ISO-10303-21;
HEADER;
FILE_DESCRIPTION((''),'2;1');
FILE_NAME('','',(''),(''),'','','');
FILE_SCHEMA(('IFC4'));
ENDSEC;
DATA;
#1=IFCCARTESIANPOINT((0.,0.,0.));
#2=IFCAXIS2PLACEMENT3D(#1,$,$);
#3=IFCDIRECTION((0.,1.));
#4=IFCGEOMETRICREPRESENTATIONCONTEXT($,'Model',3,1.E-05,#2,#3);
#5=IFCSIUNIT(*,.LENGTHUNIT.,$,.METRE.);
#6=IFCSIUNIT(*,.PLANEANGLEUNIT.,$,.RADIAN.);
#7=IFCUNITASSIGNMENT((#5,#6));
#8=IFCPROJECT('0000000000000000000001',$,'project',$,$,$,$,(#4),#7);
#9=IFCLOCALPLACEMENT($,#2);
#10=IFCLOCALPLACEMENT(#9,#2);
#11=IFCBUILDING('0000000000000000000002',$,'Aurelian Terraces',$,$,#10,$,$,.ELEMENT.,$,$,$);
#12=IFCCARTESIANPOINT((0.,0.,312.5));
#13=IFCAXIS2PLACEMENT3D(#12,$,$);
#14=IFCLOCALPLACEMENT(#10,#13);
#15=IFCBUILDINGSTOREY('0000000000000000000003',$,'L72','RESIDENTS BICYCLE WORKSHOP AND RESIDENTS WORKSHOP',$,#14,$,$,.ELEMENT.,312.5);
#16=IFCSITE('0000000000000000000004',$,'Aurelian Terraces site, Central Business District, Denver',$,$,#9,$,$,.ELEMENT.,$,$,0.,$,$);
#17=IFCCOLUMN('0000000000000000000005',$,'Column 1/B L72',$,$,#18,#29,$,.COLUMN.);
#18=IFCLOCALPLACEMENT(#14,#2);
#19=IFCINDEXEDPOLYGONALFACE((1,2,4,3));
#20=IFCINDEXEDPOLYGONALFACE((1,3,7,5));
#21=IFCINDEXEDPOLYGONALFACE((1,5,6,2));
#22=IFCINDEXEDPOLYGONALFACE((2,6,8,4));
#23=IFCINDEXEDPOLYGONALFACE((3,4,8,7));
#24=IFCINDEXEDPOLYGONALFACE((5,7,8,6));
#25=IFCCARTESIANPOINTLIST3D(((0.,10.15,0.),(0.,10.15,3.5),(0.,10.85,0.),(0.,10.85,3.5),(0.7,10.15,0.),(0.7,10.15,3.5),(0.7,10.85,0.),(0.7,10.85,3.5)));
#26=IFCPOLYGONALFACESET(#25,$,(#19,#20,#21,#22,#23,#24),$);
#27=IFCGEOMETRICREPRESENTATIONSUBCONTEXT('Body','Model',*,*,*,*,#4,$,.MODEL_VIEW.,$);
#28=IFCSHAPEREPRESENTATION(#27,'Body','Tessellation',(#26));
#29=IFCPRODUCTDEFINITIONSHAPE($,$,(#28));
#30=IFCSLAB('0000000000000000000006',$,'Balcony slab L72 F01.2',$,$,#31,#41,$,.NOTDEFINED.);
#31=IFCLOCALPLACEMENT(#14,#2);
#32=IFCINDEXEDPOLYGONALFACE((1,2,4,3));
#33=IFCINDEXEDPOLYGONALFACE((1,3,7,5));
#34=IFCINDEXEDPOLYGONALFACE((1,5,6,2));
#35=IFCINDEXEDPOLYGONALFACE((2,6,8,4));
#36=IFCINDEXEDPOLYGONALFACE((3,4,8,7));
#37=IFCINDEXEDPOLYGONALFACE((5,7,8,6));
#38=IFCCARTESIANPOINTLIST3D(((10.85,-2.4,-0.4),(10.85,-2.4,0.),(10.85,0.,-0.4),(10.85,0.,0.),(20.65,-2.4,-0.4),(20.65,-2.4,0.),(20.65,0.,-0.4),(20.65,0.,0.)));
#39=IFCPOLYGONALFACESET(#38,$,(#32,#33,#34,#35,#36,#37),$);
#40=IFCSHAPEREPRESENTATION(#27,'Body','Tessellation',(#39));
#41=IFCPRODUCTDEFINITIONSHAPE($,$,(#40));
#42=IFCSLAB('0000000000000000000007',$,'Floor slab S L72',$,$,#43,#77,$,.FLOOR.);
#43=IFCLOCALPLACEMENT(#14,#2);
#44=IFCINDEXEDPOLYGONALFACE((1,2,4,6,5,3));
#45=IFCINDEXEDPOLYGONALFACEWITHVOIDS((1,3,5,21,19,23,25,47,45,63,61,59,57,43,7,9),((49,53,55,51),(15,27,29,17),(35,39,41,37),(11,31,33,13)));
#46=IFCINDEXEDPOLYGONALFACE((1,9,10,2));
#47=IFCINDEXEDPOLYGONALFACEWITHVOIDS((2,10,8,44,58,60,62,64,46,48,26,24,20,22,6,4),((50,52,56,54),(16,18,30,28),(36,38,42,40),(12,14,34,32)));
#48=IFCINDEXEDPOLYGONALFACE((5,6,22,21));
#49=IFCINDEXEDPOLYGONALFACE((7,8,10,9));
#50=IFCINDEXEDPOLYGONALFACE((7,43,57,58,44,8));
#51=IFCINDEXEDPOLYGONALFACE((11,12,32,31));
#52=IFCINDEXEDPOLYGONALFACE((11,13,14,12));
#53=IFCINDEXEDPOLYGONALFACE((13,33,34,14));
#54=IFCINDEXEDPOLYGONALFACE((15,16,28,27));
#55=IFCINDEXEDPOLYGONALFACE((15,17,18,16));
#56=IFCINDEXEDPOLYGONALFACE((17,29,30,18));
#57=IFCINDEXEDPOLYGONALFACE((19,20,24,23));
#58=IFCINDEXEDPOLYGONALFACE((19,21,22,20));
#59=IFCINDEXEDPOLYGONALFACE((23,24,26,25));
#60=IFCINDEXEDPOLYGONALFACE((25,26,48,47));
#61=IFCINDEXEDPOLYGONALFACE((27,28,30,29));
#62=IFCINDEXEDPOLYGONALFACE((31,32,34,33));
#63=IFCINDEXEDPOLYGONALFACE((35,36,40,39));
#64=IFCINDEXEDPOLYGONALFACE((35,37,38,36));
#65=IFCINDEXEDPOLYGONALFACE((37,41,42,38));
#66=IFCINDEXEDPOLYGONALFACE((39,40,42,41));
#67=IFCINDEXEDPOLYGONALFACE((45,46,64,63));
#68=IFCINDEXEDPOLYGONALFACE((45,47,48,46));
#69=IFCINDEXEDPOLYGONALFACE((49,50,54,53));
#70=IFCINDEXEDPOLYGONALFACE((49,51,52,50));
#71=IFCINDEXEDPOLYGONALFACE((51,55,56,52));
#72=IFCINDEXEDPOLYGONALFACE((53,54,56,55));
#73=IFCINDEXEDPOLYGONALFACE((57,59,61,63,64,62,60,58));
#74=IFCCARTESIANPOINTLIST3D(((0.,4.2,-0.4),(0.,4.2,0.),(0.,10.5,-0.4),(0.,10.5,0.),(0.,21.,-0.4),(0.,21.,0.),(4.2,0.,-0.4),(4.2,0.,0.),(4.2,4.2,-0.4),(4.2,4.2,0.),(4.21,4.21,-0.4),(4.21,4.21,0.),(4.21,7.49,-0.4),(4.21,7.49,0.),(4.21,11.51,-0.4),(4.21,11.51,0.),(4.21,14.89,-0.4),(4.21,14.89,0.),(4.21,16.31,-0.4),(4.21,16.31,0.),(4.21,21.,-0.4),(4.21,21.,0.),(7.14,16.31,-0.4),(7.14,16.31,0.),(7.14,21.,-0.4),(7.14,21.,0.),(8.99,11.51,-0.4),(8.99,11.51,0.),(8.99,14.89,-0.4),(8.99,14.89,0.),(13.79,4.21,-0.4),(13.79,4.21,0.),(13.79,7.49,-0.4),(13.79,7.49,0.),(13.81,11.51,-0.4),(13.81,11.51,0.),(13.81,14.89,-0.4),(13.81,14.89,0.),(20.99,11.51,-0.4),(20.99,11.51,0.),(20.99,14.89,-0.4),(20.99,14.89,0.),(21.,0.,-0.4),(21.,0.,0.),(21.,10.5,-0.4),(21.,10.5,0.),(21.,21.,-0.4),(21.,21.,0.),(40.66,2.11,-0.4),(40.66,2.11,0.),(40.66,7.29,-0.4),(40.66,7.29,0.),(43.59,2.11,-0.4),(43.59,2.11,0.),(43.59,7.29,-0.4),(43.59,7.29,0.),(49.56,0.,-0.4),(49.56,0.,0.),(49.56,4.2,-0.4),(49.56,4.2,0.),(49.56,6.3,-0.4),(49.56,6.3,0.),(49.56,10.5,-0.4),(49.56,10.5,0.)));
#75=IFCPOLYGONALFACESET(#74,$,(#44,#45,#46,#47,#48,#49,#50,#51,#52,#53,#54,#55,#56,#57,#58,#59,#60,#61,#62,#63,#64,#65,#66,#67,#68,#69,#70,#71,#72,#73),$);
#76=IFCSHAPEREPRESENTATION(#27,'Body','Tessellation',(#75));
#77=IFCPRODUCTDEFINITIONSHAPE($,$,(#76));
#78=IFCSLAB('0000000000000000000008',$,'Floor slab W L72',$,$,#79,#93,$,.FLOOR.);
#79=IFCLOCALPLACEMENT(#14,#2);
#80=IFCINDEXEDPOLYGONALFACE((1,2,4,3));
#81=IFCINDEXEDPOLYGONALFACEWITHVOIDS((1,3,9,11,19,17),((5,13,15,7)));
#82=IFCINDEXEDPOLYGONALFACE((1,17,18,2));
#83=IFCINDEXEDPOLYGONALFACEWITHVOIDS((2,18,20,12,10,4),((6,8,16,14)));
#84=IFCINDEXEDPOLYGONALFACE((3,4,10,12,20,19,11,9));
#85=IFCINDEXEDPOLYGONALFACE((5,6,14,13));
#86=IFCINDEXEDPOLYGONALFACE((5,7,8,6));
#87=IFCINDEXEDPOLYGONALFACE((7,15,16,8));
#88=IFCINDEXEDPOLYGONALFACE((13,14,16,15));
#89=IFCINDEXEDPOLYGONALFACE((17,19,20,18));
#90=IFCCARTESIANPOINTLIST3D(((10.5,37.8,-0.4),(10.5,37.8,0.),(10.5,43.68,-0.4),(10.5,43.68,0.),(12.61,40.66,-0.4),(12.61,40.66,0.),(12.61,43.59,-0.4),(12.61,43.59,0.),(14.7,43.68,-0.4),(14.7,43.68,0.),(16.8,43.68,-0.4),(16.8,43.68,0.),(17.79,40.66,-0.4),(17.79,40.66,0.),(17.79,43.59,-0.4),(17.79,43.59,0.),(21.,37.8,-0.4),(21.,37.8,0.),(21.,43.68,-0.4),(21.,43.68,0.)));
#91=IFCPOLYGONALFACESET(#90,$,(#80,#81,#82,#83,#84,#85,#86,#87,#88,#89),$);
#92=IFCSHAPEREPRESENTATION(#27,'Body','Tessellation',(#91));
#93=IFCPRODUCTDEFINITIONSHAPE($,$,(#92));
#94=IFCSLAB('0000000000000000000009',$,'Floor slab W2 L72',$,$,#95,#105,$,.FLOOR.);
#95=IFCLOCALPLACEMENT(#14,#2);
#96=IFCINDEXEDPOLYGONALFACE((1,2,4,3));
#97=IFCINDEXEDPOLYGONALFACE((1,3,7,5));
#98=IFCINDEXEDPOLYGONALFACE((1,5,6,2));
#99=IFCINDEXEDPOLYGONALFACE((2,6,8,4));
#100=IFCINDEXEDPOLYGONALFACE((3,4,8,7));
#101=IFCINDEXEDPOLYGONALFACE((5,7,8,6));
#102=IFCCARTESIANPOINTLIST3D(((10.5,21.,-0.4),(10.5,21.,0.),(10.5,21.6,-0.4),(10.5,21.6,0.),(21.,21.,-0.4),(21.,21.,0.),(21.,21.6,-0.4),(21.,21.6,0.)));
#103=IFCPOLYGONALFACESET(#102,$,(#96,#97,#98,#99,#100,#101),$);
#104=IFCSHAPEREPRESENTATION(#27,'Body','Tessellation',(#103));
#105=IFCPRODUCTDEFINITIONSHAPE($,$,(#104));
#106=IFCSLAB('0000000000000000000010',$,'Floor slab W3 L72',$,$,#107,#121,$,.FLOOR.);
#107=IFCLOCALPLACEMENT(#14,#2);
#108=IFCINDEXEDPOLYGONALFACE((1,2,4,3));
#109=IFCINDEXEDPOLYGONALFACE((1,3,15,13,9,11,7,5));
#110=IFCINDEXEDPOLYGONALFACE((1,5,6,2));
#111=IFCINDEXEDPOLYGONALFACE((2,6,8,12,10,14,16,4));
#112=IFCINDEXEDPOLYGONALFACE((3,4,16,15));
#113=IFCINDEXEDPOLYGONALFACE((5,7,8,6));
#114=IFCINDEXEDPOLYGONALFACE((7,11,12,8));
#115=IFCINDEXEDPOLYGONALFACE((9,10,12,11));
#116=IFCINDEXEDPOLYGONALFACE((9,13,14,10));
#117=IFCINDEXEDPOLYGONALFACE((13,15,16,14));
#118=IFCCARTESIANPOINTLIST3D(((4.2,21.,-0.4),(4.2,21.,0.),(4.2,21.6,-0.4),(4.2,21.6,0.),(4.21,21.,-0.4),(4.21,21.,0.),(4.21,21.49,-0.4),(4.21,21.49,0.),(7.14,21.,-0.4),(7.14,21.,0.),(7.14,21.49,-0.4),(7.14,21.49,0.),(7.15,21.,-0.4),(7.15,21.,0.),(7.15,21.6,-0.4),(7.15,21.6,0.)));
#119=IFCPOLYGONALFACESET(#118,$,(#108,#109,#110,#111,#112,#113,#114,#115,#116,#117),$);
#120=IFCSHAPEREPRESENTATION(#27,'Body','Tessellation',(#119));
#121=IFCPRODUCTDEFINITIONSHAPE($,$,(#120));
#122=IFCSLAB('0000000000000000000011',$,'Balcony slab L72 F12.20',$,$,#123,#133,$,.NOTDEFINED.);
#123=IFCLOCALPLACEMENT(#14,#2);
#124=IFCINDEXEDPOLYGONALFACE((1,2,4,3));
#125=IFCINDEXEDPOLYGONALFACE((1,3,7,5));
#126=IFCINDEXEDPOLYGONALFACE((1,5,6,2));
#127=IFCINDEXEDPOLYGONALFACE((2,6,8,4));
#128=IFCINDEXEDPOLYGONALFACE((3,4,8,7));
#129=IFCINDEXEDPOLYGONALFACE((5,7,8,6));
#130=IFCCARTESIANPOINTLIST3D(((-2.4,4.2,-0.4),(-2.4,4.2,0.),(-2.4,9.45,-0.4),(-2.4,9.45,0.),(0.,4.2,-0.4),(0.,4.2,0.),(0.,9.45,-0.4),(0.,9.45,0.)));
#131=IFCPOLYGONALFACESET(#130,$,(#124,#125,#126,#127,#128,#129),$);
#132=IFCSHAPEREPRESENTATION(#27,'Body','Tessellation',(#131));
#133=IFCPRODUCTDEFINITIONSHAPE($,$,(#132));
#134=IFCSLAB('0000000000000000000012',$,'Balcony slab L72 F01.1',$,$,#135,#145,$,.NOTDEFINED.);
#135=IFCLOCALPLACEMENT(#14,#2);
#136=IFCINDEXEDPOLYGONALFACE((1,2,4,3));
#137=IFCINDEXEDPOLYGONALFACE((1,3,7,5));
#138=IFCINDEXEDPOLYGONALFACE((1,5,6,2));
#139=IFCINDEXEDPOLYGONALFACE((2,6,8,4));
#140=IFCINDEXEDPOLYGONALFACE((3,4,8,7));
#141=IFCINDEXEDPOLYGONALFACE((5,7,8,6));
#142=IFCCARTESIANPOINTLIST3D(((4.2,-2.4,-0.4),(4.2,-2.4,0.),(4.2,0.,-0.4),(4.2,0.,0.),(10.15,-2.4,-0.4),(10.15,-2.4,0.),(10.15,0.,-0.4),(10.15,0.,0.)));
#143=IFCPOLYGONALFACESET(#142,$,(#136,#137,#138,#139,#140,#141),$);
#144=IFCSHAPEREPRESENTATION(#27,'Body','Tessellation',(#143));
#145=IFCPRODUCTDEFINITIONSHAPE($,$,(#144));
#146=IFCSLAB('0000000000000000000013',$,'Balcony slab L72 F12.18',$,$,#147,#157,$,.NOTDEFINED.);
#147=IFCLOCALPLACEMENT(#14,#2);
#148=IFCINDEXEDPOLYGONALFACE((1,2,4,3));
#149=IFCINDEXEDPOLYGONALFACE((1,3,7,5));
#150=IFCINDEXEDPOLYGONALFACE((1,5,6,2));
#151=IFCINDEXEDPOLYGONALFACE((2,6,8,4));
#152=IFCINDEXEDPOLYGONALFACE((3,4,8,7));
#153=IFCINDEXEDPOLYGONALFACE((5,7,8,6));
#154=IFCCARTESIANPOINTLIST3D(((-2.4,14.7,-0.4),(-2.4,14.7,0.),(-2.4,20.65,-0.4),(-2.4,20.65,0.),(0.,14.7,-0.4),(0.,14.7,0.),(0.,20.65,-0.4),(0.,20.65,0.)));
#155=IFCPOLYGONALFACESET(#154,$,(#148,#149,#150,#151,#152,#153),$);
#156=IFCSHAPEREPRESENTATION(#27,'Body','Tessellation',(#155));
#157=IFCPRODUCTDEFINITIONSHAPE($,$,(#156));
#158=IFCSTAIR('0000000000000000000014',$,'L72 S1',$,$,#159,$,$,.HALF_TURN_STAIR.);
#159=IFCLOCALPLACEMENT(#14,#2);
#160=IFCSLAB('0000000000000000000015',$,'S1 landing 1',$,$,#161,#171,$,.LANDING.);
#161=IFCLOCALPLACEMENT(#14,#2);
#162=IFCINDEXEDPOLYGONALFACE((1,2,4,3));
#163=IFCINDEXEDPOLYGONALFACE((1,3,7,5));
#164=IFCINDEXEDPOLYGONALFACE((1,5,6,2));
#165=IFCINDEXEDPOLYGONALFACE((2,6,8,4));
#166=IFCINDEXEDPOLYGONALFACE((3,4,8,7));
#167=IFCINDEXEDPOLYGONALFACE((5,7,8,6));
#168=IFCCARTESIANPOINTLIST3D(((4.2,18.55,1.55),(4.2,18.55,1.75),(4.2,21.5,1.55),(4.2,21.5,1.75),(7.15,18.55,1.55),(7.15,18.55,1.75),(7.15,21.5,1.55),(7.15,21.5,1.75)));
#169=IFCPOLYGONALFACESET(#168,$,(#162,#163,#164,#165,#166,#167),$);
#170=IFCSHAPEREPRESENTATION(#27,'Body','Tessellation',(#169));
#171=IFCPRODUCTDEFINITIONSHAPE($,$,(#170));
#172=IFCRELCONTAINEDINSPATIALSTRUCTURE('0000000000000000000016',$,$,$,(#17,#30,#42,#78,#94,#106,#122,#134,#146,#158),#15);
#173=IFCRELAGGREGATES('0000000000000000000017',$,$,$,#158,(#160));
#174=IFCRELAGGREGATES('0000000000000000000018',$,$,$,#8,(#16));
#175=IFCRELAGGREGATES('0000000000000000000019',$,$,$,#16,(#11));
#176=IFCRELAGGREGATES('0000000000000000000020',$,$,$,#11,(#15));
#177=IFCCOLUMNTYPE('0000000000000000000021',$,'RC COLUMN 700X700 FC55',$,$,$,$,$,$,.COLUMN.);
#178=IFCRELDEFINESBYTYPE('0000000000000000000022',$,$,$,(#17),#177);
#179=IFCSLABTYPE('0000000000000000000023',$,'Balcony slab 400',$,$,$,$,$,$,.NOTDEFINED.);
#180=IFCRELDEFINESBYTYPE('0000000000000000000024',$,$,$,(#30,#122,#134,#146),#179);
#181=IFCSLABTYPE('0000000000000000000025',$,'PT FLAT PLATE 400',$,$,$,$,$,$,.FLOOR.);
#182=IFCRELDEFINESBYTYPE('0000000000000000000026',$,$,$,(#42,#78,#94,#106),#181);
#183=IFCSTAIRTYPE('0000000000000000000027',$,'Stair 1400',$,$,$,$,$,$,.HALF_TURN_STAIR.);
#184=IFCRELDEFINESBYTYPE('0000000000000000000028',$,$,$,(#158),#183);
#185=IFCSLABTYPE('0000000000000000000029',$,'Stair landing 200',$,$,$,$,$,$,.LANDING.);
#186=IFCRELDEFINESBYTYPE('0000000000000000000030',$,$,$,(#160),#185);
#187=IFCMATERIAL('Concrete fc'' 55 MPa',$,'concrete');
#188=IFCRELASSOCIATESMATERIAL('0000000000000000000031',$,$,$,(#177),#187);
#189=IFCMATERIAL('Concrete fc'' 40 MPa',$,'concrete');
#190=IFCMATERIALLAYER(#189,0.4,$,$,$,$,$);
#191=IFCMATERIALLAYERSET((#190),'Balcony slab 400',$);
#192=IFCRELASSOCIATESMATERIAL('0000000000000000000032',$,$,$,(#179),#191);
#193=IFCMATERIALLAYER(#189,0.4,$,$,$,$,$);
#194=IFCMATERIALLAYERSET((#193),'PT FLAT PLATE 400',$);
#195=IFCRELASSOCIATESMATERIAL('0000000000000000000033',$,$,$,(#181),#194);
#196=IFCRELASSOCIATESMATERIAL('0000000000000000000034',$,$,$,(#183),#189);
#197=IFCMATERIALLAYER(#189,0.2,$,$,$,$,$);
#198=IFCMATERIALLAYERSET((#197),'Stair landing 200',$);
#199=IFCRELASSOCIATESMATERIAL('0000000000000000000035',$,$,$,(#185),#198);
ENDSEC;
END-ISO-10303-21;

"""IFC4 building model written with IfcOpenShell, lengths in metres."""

from ifc_helpers import new_model, si_unit, direction, frame, origin, origin_2d, place, context, subcontext, project, spatial, polyline, rectangle, outline, extrude, source, transform, mapped, material, layer, layer_set, material_profile, profile_set, type_object, element, aggregate, save


model = new_model("IFC4")

# Units and contexts
model_context = context("Model", 3, precision=1e-05, world=origin(), true_north=direction((0.0, 1.0)))
body_context = subcontext(model_context, "Body", "Model", "MODEL_VIEW")
ifc_project = project(units=[si_unit("LENGTHUNIT", "METRE"), si_unit("PLANEANGLEUNIT", "RADIAN")], contexts=[model_context])

# Site, building, storey
site_placement = place(None, origin())
site = spatial("IfcSite", under=ifc_project, at=site_placement, Name="Aurelian Terraces site, Central Business District, Denver", CompositionType="ELEMENT", RefElevation=0.0)
building_placement = place(site_placement, origin())
building = spatial("IfcBuilding", under=site, at=building_placement, Name="Aurelian Terraces", CompositionType="ELEMENT")
storey_placement = place(building_placement, frame((0.0, 0.0, 312.5)))
storey = spatial("IfcBuildingStorey", under=building, at=storey_placement, Name="L72", Description="RESIDENTS BICYCLE WORKSHOP AND RESIDENTS WORKSHOP", CompositionType="ELEMENT", Elevation=312.5)

# Column
ifc_material_1 = material(Name="Concrete fc' 55 MPa", Category="concrete")
ifc_material_profile = material_profile(ifc_material_1, rectangle(XDim=0.7, YDim=0.7, at=origin_2d()))
ifc_profile_set = profile_set([ifc_material_profile], Name="Concrete fc' 55 MPa")
column_type = type_object("IfcColumnType", Name="RC COLUMN 700X700 FC55", PredefinedType="COLUMN", material=ifc_profile_set)
shared_shape_1 = source(origin(), body_context, "Body", "SweptSolid", [
    extrude(rectangle(XDim=0.7, YDim=0.7, at=origin_2d()), origin(), (0.0, 0.0, 1.0), 3.5),
])
column_placement = place(storey_placement, frame((0.35, 10.5, 0.0), z_axis=(0.0, 0.0, 1.0), x_axis=(1.0, 0.0, 0.0)))
element("IfcColumn", 1, at=column_placement, inside=storey, type_object=column_type, Name="Column 1/B L72", PredefinedType="COLUMN", context=body_context, shape_type="MappedRepresentation", body=[
    mapped(shared_shape_1, transform((0.0, 0.0, 0.0), scale=1.0)),
])

# Slabs
ifc_material_2 = material(Name="Concrete fc' 40 MPa", Category="concrete")
ifc_layer_1 = layer(ifc_material_2, 0.4)
ifc_layer_set_1 = layer_set([ifc_layer_1], Name="Balcony slab 400")
slab_type_1 = type_object("IfcSlabType", Name="Balcony slab 400", PredefinedType="NOTDEFINED", material=ifc_layer_set_1)
slab_1_placement = place(storey_placement, frame((0.0, 0.0, -0.4)))
element("IfcSlab", 2, at=slab_1_placement, inside=storey, type_object=slab_type_1, Name="Balcony slab L72 F01.2", PredefinedType="NOTDEFINED", context=body_context, shape_type="SweptSolid", body=[
    extrude(outline(polyline([(10.85, 0.0), (20.65, 0.0), (20.65, -2.4), (10.85, -2.4), (10.85, 0.0)])), origin(), (0.0, 0.0, 1.0), 0.4),
])
ifc_layer_2 = layer(ifc_material_2, 0.4)
ifc_layer_set_2 = layer_set([ifc_layer_2], Name="PT FLAT PLATE 400")
slab_type_2 = type_object("IfcSlabType", Name="PT FLAT PLATE 400", PredefinedType="FLOOR", material=ifc_layer_set_2)
shared_shape_2 = source(origin(), body_context, "Body", "SweptSolid", [
    extrude(outline(polyline([(21.0, 0.0), (4.2, 0.0), (4.2, 4.2), (0.0, 4.2), (0.0, 10.5), (0.0, 21.0), (4.21, 21.0), (4.21, 16.31), (7.14, 16.31), (7.14, 21.0), (21.0, 21.0), (21.0, 10.5), (49.56, 10.5), (49.56, 6.3), (49.56, 4.2), (49.56, 0.0), (21.0, 0.0)]), holes=[polyline([(40.66, 2.11), (43.59, 2.11), (43.59, 7.29), (40.66, 7.29), (40.66, 2.11)]), polyline([(13.81, 14.89), (13.81, 11.51), (20.99, 11.51), (20.99, 14.89), (13.81, 14.89)]), polyline([(4.21, 7.49), (4.21, 4.21), (13.79, 4.21), (13.79, 7.49), (4.21, 7.49)]), polyline([(8.99, 11.51), (8.99, 14.89), (4.21, 14.89), (4.21, 11.51), (8.99, 11.51)])]), origin(), (0.0, 0.0, 1.0), 0.4),
])
slab_2_placement = place(storey_placement, frame((0.0, 0.0, -0.4)))
element("IfcSlab", 3, at=slab_2_placement, inside=storey, type_object=slab_type_2, Name="Floor slab S L72", PredefinedType="FLOOR", context=body_context, shape_type="MappedRepresentation", body=[
    mapped(shared_shape_2, transform((0.0, 0.0, 0.0), scale=1.0)),
])
shared_shape_3 = source(origin(), body_context, "Body", "SweptSolid", [
    extrude(outline(polyline([(14.7, 43.68), (16.8, 43.68), (21.0, 43.68), (21.0, 37.8), (10.5, 37.8), (10.5, 43.68), (14.7, 43.68)]), holes=[polyline([(17.79, 43.59), (12.61, 43.59), (12.61, 40.66), (17.79, 40.66), (17.79, 43.59)])]), origin(), (0.0, 0.0, 1.0), 0.4),
])
slab_3_placement = place(storey_placement, frame((0.0, 0.0, -0.4)))
element("IfcSlab", 4, at=slab_3_placement, inside=storey, type_object=slab_type_2, Name="Floor slab W L72", PredefinedType="FLOOR", context=body_context, shape_type="MappedRepresentation", body=[
    mapped(shared_shape_3, transform((0.0, 0.0, 0.0), scale=1.0)),
])
shared_shape_4 = source(origin(), body_context, "Body", "SweptSolid", [
    extrude(outline(polyline([(21.0, 21.6), (21.0, 21.0), (10.5, 21.0), (10.5, 21.6), (21.0, 21.6)])), origin(), (0.0, 0.0, 1.0), 0.4),
])
slab_4_placement = place(storey_placement, frame((0.0, 0.0, -0.4)))
element("IfcSlab", 5, at=slab_4_placement, inside=storey, type_object=slab_type_2, Name="Floor slab W2 L72", PredefinedType="FLOOR", context=body_context, shape_type="MappedRepresentation", body=[
    mapped(shared_shape_4, transform((0.0, 0.0, 0.0), scale=1.0)),
])
shared_shape_5 = source(origin(), body_context, "Body", "SweptSolid", [
    extrude(outline(polyline([(4.2, 21.6), (7.15, 21.6), (7.15, 21.0), (7.14, 21.0), (7.14, 21.49), (4.21, 21.49), (4.21, 21.0), (4.2, 21.0), (4.2, 21.6)])), origin(), (0.0, 0.0, 1.0), 0.4),
])
slab_5_placement = place(storey_placement, frame((0.0, 0.0, -0.4)))
element("IfcSlab", 6, at=slab_5_placement, inside=storey, type_object=slab_type_2, Name="Floor slab W3 L72", PredefinedType="FLOOR", context=body_context, shape_type="MappedRepresentation", body=[
    mapped(shared_shape_5, transform((0.0, 0.0, 0.0), scale=1.0)),
])
shared_shape_6 = source(origin(), body_context, "Body", "SweptSolid", [
    extrude(outline(polyline([(0.0, 9.45), (0.0, 4.2), (-2.4, 4.2), (-2.4, 9.45), (0.0, 9.45)])), origin(), (0.0, 0.0, 1.0), 0.4),
])
slab_6_placement = place(storey_placement, frame((0.0, 0.0, -0.4)))
element("IfcSlab", 7, at=slab_6_placement, inside=storey, type_object=slab_type_1, Name="Balcony slab L72 F12.20", PredefinedType="NOTDEFINED", context=body_context, shape_type="MappedRepresentation", body=[
    mapped(shared_shape_6, transform((0.0, 0.0, 0.0), scale=1.0)),
])
shared_shape_7 = source(origin(), body_context, "Body", "SweptSolid", [
    extrude(outline(polyline([(4.2, 0.0), (10.15, 0.0), (10.15, -2.4), (4.2, -2.4), (4.2, 0.0)])), origin(), (0.0, 0.0, 1.0), 0.4),
])
slab_7_placement = place(storey_placement, frame((0.0, 0.0, -0.4)))
element("IfcSlab", 8, at=slab_7_placement, inside=storey, type_object=slab_type_1, Name="Balcony slab L72 F01.1", PredefinedType="NOTDEFINED", context=body_context, shape_type="MappedRepresentation", body=[
    mapped(shared_shape_7, transform((0.0, 0.0, 0.0), scale=1.0)),
])
shared_shape_8 = source(origin(), body_context, "Body", "SweptSolid", [
    extrude(outline(polyline([(0.0, 20.65), (0.0, 14.7), (-2.4, 14.7), (-2.4, 20.65), (0.0, 20.65)])), origin(), (0.0, 0.0, 1.0), 0.4),
])
slab_8_placement = place(storey_placement, frame((0.0, 0.0, -0.4)))
element("IfcSlab", 9, at=slab_8_placement, inside=storey, type_object=slab_type_1, Name="Balcony slab L72 F12.18", PredefinedType="NOTDEFINED", context=body_context, shape_type="MappedRepresentation", body=[
    mapped(shared_shape_8, transform((0.0, 0.0, 0.0), scale=1.0)),
])

# Stair, slab
stair_type = type_object("IfcStairType", Name="Stair 1400", PredefinedType="HALF_TURN_STAIR", material=ifc_material_2)
stair_1_placement = place(storey_placement, origin())
stair_1 = element("IfcStair", 10, at=stair_1_placement, inside=storey, type_object=stair_type, Name="L72 S1", PredefinedType="HALF_TURN_STAIR")
ifc_layer_3 = layer(ifc_material_2, 0.2)
ifc_layer_set_3 = layer_set([ifc_layer_3], Name="Stair landing 200")
slab_type_3 = type_object("IfcSlabType", Name="Stair landing 200", PredefinedType="LANDING", material=ifc_layer_set_3)
shared_shape_9 = source(origin(), body_context, "Body", "SweptSolid", [
    extrude(outline(polyline([(7.15, 18.55), (7.15, 21.5), (4.2, 21.5), (4.2, 18.55), (7.15, 18.55)])), origin(), (0.0, 0.0, 1.0), 0.2),
])
slab_9_placement = place(storey_placement, frame((0.0, 0.0, 1.55)))
slab_9 = element("IfcSlab", 11, at=slab_9_placement, type_object=slab_type_3, Name="S1 landing 1", PredefinedType="LANDING", context=body_context, shape_type="MappedRepresentation", body=[
    mapped(shared_shape_9, transform((0.0, 0.0, 0.0), scale=1.0)),
])
aggregate(stair_1, [slab_9])

save(model, "model.ifc")
